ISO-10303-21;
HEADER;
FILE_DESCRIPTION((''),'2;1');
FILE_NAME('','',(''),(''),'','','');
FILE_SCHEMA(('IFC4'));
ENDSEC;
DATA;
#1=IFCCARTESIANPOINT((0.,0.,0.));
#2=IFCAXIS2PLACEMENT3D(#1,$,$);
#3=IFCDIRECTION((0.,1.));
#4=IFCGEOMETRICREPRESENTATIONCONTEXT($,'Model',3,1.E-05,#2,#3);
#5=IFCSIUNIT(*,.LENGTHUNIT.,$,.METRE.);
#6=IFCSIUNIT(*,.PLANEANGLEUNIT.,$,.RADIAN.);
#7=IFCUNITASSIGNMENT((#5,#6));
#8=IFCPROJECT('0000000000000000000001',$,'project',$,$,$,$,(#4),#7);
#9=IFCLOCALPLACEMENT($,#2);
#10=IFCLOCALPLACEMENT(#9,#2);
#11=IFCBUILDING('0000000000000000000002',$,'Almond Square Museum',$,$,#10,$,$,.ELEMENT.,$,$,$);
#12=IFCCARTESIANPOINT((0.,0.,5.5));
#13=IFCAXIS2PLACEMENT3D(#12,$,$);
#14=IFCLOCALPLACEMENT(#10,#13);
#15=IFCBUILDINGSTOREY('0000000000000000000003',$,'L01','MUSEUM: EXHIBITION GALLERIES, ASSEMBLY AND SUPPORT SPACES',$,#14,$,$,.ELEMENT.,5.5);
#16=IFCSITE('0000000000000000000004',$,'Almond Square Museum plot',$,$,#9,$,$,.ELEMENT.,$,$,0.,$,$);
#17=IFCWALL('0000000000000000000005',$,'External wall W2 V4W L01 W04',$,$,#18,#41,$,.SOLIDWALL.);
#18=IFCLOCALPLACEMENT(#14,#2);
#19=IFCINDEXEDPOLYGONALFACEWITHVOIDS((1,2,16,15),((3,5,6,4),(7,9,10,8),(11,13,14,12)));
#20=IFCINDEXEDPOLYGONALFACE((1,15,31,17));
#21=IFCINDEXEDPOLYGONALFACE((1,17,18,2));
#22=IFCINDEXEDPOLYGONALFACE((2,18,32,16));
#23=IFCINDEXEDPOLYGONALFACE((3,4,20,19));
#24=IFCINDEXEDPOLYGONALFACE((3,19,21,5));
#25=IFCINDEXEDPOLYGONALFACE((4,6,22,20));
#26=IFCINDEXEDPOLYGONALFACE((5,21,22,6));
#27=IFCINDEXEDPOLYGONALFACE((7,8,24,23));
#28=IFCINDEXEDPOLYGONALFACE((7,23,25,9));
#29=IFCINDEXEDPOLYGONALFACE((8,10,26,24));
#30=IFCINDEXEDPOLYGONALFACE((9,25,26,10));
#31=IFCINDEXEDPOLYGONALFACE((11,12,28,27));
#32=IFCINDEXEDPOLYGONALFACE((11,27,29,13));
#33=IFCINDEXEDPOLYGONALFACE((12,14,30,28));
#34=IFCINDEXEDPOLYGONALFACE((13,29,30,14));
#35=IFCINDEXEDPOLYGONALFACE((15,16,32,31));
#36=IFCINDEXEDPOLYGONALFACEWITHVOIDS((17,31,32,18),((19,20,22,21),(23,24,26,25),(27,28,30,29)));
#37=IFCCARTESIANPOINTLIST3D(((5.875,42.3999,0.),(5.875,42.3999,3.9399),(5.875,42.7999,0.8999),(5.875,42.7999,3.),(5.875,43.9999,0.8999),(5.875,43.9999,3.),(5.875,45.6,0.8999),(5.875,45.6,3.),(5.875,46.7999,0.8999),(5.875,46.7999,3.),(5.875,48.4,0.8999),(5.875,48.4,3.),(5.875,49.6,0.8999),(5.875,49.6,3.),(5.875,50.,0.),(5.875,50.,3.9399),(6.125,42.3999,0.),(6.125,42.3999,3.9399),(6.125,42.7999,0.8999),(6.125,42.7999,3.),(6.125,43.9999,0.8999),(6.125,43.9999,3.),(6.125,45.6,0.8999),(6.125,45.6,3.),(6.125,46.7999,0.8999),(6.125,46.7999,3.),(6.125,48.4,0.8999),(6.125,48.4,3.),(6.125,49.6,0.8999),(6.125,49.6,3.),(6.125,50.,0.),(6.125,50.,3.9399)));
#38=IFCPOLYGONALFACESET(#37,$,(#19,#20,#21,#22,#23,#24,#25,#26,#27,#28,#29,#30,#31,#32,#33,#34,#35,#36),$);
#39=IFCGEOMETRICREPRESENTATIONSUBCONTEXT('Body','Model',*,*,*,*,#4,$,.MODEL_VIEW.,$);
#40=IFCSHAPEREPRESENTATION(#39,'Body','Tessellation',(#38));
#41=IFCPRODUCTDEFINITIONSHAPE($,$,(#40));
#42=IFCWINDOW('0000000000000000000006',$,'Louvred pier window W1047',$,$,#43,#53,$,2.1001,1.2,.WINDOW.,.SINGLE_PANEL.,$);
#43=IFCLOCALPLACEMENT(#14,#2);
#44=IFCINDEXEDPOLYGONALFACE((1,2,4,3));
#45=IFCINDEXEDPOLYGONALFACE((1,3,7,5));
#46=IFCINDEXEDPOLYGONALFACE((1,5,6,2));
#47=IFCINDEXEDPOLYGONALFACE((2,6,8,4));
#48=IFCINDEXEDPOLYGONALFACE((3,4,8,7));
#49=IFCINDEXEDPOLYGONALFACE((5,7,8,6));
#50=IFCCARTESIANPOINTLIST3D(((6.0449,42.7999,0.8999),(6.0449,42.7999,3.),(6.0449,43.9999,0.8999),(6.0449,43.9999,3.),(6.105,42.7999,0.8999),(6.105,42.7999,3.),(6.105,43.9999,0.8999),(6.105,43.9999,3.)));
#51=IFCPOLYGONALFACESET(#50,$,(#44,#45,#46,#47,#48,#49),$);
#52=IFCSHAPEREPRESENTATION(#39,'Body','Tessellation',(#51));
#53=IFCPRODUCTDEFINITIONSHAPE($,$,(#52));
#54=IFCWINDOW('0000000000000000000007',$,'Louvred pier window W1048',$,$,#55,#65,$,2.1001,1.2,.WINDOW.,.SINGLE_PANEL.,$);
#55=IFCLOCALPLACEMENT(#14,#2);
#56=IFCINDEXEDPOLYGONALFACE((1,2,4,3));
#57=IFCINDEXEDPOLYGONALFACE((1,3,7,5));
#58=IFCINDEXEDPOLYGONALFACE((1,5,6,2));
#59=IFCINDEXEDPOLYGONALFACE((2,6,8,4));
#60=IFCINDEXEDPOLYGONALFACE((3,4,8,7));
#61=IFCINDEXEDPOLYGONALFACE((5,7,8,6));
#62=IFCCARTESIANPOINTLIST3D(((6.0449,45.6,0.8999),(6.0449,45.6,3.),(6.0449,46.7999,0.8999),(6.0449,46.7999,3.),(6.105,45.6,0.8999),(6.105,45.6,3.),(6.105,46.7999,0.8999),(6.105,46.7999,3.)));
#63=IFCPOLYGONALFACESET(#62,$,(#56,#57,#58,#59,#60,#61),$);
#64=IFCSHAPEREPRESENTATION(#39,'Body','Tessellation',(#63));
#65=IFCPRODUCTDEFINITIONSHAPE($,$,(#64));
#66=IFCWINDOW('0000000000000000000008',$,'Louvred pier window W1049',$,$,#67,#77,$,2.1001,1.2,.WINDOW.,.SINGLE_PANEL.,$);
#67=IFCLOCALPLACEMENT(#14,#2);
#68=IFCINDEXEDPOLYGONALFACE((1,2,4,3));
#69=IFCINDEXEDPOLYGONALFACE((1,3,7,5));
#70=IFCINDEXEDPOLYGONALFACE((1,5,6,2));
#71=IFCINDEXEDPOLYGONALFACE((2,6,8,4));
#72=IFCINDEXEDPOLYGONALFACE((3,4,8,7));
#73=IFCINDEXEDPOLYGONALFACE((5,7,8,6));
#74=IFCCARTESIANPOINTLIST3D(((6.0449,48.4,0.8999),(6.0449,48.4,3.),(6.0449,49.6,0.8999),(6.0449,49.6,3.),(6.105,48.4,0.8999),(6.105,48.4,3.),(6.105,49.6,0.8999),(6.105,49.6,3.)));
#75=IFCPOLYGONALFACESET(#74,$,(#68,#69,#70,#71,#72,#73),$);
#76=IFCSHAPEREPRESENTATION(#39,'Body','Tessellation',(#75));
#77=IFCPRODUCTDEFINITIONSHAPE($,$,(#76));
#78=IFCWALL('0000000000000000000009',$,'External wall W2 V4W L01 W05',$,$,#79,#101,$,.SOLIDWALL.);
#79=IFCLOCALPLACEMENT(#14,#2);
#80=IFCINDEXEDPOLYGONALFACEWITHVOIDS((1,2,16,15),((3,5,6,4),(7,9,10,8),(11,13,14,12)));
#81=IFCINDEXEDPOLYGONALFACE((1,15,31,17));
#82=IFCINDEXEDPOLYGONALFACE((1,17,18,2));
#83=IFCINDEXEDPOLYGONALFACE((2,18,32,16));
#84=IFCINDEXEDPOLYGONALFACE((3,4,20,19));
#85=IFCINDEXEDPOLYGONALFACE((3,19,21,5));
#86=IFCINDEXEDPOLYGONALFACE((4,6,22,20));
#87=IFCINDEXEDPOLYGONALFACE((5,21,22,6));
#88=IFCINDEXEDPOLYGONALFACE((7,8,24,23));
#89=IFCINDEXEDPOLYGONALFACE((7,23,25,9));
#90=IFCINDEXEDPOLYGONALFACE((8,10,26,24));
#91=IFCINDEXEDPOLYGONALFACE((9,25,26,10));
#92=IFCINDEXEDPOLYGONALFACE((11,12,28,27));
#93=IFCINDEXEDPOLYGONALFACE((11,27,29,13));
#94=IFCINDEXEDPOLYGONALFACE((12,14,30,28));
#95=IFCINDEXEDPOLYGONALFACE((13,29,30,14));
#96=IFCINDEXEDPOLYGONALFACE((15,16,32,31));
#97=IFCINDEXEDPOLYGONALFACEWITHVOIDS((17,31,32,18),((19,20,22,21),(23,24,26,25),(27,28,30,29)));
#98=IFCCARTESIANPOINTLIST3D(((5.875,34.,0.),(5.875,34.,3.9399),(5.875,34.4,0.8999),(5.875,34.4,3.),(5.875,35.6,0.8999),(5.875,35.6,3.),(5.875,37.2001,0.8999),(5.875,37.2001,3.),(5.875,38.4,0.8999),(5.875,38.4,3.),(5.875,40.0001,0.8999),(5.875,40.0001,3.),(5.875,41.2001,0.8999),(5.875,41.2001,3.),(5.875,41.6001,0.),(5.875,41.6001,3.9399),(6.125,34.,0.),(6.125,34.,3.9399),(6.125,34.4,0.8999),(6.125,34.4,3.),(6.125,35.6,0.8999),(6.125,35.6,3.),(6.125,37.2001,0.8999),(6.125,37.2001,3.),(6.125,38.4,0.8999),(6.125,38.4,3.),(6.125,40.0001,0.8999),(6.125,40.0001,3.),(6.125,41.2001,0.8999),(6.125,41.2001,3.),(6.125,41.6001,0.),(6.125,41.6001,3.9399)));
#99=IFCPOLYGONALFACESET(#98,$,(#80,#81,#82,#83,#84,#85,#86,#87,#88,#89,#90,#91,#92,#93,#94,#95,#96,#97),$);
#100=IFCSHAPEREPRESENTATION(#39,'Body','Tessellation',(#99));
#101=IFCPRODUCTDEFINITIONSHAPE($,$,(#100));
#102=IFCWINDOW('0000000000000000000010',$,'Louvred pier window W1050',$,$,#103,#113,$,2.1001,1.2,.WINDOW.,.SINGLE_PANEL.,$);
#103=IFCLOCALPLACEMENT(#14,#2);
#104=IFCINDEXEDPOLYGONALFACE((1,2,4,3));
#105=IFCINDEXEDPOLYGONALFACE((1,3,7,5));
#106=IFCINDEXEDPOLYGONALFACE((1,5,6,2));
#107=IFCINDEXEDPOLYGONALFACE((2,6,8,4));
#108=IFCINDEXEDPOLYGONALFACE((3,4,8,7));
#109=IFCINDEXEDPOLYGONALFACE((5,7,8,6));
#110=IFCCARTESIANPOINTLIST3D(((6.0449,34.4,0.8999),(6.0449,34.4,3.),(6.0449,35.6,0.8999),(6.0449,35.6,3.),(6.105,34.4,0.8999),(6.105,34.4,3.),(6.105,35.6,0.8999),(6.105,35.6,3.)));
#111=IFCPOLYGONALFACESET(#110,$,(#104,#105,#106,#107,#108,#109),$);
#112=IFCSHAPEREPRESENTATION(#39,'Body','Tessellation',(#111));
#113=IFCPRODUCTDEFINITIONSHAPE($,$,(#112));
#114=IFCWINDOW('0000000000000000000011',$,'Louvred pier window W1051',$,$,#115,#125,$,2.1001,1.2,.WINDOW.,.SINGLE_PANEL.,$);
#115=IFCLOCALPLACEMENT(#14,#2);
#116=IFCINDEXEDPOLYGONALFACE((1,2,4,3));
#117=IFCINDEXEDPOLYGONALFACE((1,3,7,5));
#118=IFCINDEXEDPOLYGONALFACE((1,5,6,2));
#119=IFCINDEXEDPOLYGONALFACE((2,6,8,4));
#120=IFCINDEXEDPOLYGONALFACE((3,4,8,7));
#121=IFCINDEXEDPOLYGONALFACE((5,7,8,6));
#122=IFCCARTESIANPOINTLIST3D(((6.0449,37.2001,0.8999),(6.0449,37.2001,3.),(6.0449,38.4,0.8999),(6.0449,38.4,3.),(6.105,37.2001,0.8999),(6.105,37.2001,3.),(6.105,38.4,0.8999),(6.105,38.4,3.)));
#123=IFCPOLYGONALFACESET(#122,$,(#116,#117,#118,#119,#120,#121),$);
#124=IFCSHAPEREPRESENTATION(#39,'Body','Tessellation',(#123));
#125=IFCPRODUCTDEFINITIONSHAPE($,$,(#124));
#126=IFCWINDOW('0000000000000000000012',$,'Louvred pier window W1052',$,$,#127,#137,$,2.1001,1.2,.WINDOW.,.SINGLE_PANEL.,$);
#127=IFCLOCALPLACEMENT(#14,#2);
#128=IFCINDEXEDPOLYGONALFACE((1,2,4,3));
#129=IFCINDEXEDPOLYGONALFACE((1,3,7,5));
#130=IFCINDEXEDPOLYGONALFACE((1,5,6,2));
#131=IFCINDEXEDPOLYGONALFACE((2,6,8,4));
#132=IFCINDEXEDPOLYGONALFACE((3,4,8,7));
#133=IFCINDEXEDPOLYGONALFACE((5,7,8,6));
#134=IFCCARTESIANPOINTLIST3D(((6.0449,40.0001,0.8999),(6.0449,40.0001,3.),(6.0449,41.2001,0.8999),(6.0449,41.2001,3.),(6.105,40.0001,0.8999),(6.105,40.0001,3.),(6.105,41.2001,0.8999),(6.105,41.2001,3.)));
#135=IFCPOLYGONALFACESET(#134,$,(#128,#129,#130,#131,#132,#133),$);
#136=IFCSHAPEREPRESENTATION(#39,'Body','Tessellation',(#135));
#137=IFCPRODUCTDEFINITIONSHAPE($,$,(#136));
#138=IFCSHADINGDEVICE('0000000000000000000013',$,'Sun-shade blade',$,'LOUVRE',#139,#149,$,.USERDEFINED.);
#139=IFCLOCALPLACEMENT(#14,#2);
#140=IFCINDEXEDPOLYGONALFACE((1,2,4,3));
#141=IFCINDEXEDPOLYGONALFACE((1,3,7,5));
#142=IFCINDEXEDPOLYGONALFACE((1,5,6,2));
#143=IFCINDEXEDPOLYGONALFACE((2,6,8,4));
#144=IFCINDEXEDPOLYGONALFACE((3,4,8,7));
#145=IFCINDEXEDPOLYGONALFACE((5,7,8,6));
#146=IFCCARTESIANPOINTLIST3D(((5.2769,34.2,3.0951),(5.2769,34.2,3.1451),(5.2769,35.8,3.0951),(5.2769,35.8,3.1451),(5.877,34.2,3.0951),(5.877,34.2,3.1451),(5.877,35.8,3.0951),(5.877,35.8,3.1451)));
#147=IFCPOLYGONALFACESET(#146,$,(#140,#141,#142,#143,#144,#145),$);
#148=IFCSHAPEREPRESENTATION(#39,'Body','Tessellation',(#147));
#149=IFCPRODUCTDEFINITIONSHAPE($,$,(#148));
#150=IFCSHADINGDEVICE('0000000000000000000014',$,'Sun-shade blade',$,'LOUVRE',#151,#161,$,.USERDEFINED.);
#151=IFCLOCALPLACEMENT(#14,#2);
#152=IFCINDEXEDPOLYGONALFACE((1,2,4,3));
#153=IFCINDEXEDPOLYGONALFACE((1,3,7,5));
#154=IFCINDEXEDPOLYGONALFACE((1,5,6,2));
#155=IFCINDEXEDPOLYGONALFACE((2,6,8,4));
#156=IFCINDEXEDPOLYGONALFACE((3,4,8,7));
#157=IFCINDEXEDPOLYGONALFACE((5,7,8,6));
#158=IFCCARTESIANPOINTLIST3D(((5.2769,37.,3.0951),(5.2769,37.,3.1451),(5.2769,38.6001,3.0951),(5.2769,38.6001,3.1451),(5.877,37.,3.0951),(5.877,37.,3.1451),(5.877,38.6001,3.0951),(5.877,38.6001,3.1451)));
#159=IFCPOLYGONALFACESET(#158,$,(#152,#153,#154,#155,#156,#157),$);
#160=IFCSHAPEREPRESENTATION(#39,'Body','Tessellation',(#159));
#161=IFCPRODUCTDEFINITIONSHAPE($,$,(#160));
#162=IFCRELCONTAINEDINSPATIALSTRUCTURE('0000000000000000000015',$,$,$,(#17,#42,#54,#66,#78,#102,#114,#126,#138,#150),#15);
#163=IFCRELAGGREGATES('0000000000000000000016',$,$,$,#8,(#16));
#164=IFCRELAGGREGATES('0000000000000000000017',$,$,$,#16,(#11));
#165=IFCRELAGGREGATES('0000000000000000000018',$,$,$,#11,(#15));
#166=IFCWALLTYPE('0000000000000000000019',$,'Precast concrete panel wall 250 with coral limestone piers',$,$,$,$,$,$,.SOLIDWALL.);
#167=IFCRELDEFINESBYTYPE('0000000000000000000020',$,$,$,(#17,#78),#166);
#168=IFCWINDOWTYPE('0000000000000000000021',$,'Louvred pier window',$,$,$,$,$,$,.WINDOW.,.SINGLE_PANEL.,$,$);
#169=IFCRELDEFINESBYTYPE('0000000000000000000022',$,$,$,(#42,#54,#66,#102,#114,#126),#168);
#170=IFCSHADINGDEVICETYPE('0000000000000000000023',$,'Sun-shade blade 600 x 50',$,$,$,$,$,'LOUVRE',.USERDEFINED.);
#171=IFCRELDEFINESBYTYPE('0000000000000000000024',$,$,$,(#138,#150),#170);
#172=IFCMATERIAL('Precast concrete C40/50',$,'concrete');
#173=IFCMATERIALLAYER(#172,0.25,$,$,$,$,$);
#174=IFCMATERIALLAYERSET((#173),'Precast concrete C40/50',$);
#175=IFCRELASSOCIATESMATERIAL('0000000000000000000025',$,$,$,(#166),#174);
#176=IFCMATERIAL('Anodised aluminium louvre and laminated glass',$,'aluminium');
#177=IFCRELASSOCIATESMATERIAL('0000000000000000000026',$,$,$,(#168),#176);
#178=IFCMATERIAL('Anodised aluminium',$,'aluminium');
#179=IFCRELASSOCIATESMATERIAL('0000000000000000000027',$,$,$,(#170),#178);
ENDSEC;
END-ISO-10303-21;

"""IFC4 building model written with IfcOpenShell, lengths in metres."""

from ifc_helpers import new_model, si_unit, direction, frame, frame_2d, origin, origin_2d, place, context, subcontext, project, spatial, rectangle, extrude, material, layer, layer_set, material_profile, profile_set, type_object, element, fill, save


model = new_model("IFC4")

# Units and contexts
model_context = context("Model", 3, precision=1e-05, world=origin(), true_north=direction((0.0, 1.0)))
body_context = subcontext(model_context, "Body", "Model", "MODEL_VIEW")
ifc_project = project(units=[si_unit("LENGTHUNIT", "METRE"), si_unit("PLANEANGLEUNIT", "RADIAN")], contexts=[model_context])

# Site, building, storey
site_placement = place(None, origin())
site = spatial("IfcSite", under=ifc_project, at=site_placement, Name="Almond Square Museum plot", CompositionType="ELEMENT", RefElevation=0.0)
building_placement = place(site_placement, origin())
building = spatial("IfcBuilding", under=site, at=building_placement, Name="Almond Square Museum", CompositionType="ELEMENT")
storey_placement = place(building_placement, frame((0.0, 0.0, 5.5)))
storey = spatial("IfcBuildingStorey", under=building, at=storey_placement, Name="L01", Description="MUSEUM: EXHIBITION GALLERIES, ASSEMBLY AND SUPPORT SPACES", CompositionType="ELEMENT", Elevation=5.5)

# Walls, openings, windows
ifc_material_1 = material(Name="Precast concrete C40/50", Category="concrete")
ifc_layer_1 = layer(ifc_material_1, 0.25)
ifc_layer_set_1 = layer_set([ifc_layer_1], Name="Precast concrete C40/50")
wall_type_1 = type_object("IfcWallType", Name="Precast concrete panel wall 250 with coral limestone piers", PredefinedType="SOLIDWALL", material=ifc_layer_set_1)
wall_1_placement = place(storey_placement, frame((6.0, 42.3999, 0.0), z_axis=(0.0, 0.0, 1.0), x_axis=(0.0, 1.0, 0.0)))
wall_1 = element("IfcWall", 1, at=wall_1_placement, inside=storey, type_object=wall_type_1, Name="External wall W2 V4W L01 W04", PredefinedType="SOLIDWALL", context=body_context, shape_type="SweptSolid", body=[
    extrude(rectangle(XDim=7.6001, YDim=0.25, at=frame_2d((3.8, 0.0))), origin(), (0.0, 0.0, 1.0), 3.9399),
])
opening_1_placement = place(wall_1_placement, frame((0.3999, 0.0, 0.8999)))
opening_1 = element("IfcOpeningElement", 2, at=opening_1_placement, cuts=wall_1, PredefinedType="OPENING", context=body_context, shape_type="SweptSolid", body=[
    extrude(rectangle(XDim=1.2, YDim=2.1001, at=frame_2d((0.6001, 1.05))), frame((0.0, 0.135, 0.0), z_axis=(0.0, -1.0, 0.0), x_axis=(1.0, 0.0, 0.0)), (0.0, 0.0, 1.0), 0.27),
])
opening_2_placement = place(wall_1_placement, frame((3.2, 0.0, 0.8999)))
opening_2 = element("IfcOpeningElement", 3, at=opening_2_placement, cuts=wall_1, PredefinedType="OPENING", context=body_context, shape_type="SweptSolid", body=[
    extrude(rectangle(XDim=1.2, YDim=2.1001, at=frame_2d((0.6001, 1.05))), frame((0.0, 0.135, 0.0), z_axis=(0.0, -1.0, 0.0), x_axis=(1.0, 0.0, 0.0)), (0.0, 0.0, 1.0), 0.27),
])
opening_3_placement = place(wall_1_placement, frame((6.0, 0.0, 0.8999)))
opening_3 = element("IfcOpeningElement", 4, at=opening_3_placement, cuts=wall_1, PredefinedType="OPENING", context=body_context, shape_type="SweptSolid", body=[
    extrude(rectangle(XDim=1.2, YDim=2.1001, at=frame_2d((0.6001, 1.05))), frame((0.0, 0.135, 0.0), z_axis=(0.0, -1.0, 0.0), x_axis=(1.0, 0.0, 0.0)), (0.0, 0.0, 1.0), 0.27),
])
ifc_material_2 = material(Name="Anodised aluminium louvre and laminated glass", Category="aluminium")
window_type = type_object("IfcWindowType", Name="Louvred pier window", PartitioningType="SINGLE_PANEL", PredefinedType="WINDOW", material=ifc_material_2)
window_1_placement = place(opening_1_placement, origin())
window_1 = element("IfcWindow", 5, at=window_1_placement, inside=storey, type_object=window_type, Name="Louvred pier window W1047", OverallHeight=2.1001, OverallWidth=1.2, PartitioningType="SINGLE_PANEL", PredefinedType="WINDOW", context=body_context, shape_type="SweptSolid", body=[
    extrude(rectangle(XDim=1.2, YDim=2.1001, at=frame_2d((0.6001, 1.05))), frame((0.0, -0.0449, 0.0), z_axis=(0.0, -1.0, 0.0), x_axis=(1.0, 0.0, 0.0)), (0.0, 0.0, 1.0), 0.0601),
])
fill(opening_1, window_1)
window_2_placement = place(opening_2_placement, origin())
window_2 = element("IfcWindow", 6, at=window_2_placement, inside=storey, type_object=window_type, Name="Louvred pier window W1048", OverallHeight=2.1001, OverallWidth=1.2, PartitioningType="SINGLE_PANEL", PredefinedType="WINDOW", context=body_context, shape_type="SweptSolid", body=[
    extrude(rectangle(XDim=1.2, YDim=2.1001, at=frame_2d((0.6001, 1.05))), frame((0.0, -0.0449, 0.0), z_axis=(0.0, -1.0, 0.0), x_axis=(1.0, 0.0, 0.0)), (0.0, 0.0, 1.0), 0.0601),
])
fill(opening_2, window_2)
window_3_placement = place(opening_3_placement, origin())
window_3 = element("IfcWindow", 7, at=window_3_placement, inside=storey, type_object=window_type, Name="Louvred pier window W1049", OverallHeight=2.1001, OverallWidth=1.2, PartitioningType="SINGLE_PANEL", PredefinedType="WINDOW", context=body_context, shape_type="SweptSolid", body=[
    extrude(rectangle(XDim=1.2, YDim=2.1001, at=frame_2d((0.6001, 1.05))), frame((0.0, -0.0449, 0.0), z_axis=(0.0, -1.0, 0.0), x_axis=(1.0, 0.0, 0.0)), (0.0, 0.0, 1.0), 0.0601),
])
fill(opening_3, window_3)
wall_2_placement = place(storey_placement, frame((6.0, 34.0, 0.0), z_axis=(0.0, 0.0, 1.0), x_axis=(0.0, 1.0, 0.0)))
wall_2 = element("IfcWall", 8, at=wall_2_placement, inside=storey, type_object=wall_type_1, Name="External wall W2 V4W L01 W05", PredefinedType="SOLIDWALL", context=body_context, shape_type="SweptSolid", body=[
    extrude(rectangle(XDim=7.6001, YDim=0.25, at=frame_2d((3.8, 0.0))), origin(), (0.0, 0.0, 1.0), 3.9399),
])
opening_4_placement = place(wall_2_placement, frame((0.3999, 0.0, 0.8999)))
opening_4 = element("IfcOpeningElement", 9, at=opening_4_placement, cuts=wall_2, PredefinedType="OPENING", context=body_context, shape_type="SweptSolid", body=[
    extrude(rectangle(XDim=1.2, YDim=2.1001, at=frame_2d((0.6001, 1.05))), frame((0.0, 0.135, 0.0), z_axis=(0.0, -1.0, 0.0), x_axis=(1.0, 0.0, 0.0)), (0.0, 0.0, 1.0), 0.27),
])
opening_5_placement = place(wall_2_placement, frame((3.2, 0.0, 0.8999)))
opening_5 = element("IfcOpeningElement", 10, at=opening_5_placement, cuts=wall_2, PredefinedType="OPENING", context=body_context, shape_type="SweptSolid", body=[
    extrude(rectangle(XDim=1.2, YDim=2.1001, at=frame_2d((0.6001, 1.05))), frame((0.0, 0.135, 0.0), z_axis=(0.0, -1.0, 0.0), x_axis=(1.0, 0.0, 0.0)), (0.0, 0.0, 1.0), 0.27),
])
opening_6_placement = place(wall_2_placement, frame((6.0, 0.0, 0.8999)))
opening_6 = element("IfcOpeningElement", 11, at=opening_6_placement, cuts=wall_2, PredefinedType="OPENING", context=body_context, shape_type="SweptSolid", body=[
    extrude(rectangle(XDim=1.2, YDim=2.1001, at=frame_2d((0.6001, 1.05))), frame((0.0, 0.135, 0.0), z_axis=(0.0, -1.0, 0.0), x_axis=(1.0, 0.0, 0.0)), (0.0, 0.0, 1.0), 0.27),
])
window_4_placement = place(opening_4_placement, origin())
window_4 = element("IfcWindow", 12, at=window_4_placement, inside=storey, type_object=window_type, Name="Louvred pier window W1050", OverallHeight=2.1001, OverallWidth=1.2, PartitioningType="SINGLE_PANEL", PredefinedType="WINDOW", context=body_context, shape_type="SweptSolid", body=[
    extrude(rectangle(XDim=1.2, YDim=2.1001, at=frame_2d((0.6001, 1.05))), frame((0.0, -0.0449, 0.0), z_axis=(0.0, -1.0, 0.0), x_axis=(1.0, 0.0, 0.0)), (0.0, 0.0, 1.0), 0.0601),
])
fill(opening_4, window_4)
window_5_placement = place(opening_5_placement, origin())
window_5 = element("IfcWindow", 13, at=window_5_placement, inside=storey, type_object=window_type, Name="Louvred pier window W1051", OverallHeight=2.1001, OverallWidth=1.2, PartitioningType="SINGLE_PANEL", PredefinedType="WINDOW", context=body_context, shape_type="SweptSolid", body=[
    extrude(rectangle(XDim=1.2, YDim=2.1001, at=frame_2d((0.6001, 1.05))), frame((0.0, -0.0449, 0.0), z_axis=(0.0, -1.0, 0.0), x_axis=(1.0, 0.0, 0.0)), (0.0, 0.0, 1.0), 0.0601),
])
fill(opening_5, window_5)
window_6_placement = place(opening_6_placement, origin())
window_6 = element("IfcWindow", 14, at=window_6_placement, inside=storey, type_object=window_type, Name="Louvred pier window W1052", OverallHeight=2.1001, OverallWidth=1.2, PartitioningType="SINGLE_PANEL", PredefinedType="WINDOW", context=body_context, shape_type="SweptSolid", body=[
    extrude(rectangle(XDim=1.2, YDim=2.1001, at=frame_2d((0.6001, 1.05))), frame((0.0, -0.0449, 0.0), z_axis=(0.0, -1.0, 0.0), x_axis=(1.0, 0.0, 0.0)), (0.0, 0.0, 1.0), 0.0601),
])
fill(opening_6, window_6)

# Shading devices
ifc_material_3 = material(Name="Anodised aluminium", Category="aluminium")
ifc_material_profile_1 = material_profile(ifc_material_3, rectangle(XDim=0.6001, YDim=0.05, at=origin_2d()))
ifc_profile_set_1 = profile_set([ifc_material_profile_1], Name="Anodised aluminium")
shading_device_type = type_object("IfcShadingDeviceType", Name="Sun-shade blade 600 x 50", ElementType="LOUVRE", PredefinedType="USERDEFINED", material=ifc_profile_set_1)
for number, where, z_axis, x_axis, name in (
    (15, (5.5769, 34.2, 3.1201), (0.0, 1.0, 0.0), (-1.0, 0.0, 0.0), "Sun-shade blade"),
    (16, (5.5769, 37.0, 3.1201), (0.0, 1.0, 0.0), (-1.0, 0.0, 0.0), "Sun-shade blade"),
):
    element("IfcShadingDevice", number, at=place(storey_placement, frame(where, z_axis=z_axis, x_axis=x_axis)), inside=storey, type_object=shading_device_type, Name=name, ObjectType="LOUVRE", PredefinedType="USERDEFINED", context=body_context, shape_type="SweptSolid", body=[
        extrude(rectangle(XDim=0.6001, YDim=0.05, at=origin_2d()), origin(), (0.0, 0.0, 1.0), 1.6001),
    ])

save(model, "model.ifc")
